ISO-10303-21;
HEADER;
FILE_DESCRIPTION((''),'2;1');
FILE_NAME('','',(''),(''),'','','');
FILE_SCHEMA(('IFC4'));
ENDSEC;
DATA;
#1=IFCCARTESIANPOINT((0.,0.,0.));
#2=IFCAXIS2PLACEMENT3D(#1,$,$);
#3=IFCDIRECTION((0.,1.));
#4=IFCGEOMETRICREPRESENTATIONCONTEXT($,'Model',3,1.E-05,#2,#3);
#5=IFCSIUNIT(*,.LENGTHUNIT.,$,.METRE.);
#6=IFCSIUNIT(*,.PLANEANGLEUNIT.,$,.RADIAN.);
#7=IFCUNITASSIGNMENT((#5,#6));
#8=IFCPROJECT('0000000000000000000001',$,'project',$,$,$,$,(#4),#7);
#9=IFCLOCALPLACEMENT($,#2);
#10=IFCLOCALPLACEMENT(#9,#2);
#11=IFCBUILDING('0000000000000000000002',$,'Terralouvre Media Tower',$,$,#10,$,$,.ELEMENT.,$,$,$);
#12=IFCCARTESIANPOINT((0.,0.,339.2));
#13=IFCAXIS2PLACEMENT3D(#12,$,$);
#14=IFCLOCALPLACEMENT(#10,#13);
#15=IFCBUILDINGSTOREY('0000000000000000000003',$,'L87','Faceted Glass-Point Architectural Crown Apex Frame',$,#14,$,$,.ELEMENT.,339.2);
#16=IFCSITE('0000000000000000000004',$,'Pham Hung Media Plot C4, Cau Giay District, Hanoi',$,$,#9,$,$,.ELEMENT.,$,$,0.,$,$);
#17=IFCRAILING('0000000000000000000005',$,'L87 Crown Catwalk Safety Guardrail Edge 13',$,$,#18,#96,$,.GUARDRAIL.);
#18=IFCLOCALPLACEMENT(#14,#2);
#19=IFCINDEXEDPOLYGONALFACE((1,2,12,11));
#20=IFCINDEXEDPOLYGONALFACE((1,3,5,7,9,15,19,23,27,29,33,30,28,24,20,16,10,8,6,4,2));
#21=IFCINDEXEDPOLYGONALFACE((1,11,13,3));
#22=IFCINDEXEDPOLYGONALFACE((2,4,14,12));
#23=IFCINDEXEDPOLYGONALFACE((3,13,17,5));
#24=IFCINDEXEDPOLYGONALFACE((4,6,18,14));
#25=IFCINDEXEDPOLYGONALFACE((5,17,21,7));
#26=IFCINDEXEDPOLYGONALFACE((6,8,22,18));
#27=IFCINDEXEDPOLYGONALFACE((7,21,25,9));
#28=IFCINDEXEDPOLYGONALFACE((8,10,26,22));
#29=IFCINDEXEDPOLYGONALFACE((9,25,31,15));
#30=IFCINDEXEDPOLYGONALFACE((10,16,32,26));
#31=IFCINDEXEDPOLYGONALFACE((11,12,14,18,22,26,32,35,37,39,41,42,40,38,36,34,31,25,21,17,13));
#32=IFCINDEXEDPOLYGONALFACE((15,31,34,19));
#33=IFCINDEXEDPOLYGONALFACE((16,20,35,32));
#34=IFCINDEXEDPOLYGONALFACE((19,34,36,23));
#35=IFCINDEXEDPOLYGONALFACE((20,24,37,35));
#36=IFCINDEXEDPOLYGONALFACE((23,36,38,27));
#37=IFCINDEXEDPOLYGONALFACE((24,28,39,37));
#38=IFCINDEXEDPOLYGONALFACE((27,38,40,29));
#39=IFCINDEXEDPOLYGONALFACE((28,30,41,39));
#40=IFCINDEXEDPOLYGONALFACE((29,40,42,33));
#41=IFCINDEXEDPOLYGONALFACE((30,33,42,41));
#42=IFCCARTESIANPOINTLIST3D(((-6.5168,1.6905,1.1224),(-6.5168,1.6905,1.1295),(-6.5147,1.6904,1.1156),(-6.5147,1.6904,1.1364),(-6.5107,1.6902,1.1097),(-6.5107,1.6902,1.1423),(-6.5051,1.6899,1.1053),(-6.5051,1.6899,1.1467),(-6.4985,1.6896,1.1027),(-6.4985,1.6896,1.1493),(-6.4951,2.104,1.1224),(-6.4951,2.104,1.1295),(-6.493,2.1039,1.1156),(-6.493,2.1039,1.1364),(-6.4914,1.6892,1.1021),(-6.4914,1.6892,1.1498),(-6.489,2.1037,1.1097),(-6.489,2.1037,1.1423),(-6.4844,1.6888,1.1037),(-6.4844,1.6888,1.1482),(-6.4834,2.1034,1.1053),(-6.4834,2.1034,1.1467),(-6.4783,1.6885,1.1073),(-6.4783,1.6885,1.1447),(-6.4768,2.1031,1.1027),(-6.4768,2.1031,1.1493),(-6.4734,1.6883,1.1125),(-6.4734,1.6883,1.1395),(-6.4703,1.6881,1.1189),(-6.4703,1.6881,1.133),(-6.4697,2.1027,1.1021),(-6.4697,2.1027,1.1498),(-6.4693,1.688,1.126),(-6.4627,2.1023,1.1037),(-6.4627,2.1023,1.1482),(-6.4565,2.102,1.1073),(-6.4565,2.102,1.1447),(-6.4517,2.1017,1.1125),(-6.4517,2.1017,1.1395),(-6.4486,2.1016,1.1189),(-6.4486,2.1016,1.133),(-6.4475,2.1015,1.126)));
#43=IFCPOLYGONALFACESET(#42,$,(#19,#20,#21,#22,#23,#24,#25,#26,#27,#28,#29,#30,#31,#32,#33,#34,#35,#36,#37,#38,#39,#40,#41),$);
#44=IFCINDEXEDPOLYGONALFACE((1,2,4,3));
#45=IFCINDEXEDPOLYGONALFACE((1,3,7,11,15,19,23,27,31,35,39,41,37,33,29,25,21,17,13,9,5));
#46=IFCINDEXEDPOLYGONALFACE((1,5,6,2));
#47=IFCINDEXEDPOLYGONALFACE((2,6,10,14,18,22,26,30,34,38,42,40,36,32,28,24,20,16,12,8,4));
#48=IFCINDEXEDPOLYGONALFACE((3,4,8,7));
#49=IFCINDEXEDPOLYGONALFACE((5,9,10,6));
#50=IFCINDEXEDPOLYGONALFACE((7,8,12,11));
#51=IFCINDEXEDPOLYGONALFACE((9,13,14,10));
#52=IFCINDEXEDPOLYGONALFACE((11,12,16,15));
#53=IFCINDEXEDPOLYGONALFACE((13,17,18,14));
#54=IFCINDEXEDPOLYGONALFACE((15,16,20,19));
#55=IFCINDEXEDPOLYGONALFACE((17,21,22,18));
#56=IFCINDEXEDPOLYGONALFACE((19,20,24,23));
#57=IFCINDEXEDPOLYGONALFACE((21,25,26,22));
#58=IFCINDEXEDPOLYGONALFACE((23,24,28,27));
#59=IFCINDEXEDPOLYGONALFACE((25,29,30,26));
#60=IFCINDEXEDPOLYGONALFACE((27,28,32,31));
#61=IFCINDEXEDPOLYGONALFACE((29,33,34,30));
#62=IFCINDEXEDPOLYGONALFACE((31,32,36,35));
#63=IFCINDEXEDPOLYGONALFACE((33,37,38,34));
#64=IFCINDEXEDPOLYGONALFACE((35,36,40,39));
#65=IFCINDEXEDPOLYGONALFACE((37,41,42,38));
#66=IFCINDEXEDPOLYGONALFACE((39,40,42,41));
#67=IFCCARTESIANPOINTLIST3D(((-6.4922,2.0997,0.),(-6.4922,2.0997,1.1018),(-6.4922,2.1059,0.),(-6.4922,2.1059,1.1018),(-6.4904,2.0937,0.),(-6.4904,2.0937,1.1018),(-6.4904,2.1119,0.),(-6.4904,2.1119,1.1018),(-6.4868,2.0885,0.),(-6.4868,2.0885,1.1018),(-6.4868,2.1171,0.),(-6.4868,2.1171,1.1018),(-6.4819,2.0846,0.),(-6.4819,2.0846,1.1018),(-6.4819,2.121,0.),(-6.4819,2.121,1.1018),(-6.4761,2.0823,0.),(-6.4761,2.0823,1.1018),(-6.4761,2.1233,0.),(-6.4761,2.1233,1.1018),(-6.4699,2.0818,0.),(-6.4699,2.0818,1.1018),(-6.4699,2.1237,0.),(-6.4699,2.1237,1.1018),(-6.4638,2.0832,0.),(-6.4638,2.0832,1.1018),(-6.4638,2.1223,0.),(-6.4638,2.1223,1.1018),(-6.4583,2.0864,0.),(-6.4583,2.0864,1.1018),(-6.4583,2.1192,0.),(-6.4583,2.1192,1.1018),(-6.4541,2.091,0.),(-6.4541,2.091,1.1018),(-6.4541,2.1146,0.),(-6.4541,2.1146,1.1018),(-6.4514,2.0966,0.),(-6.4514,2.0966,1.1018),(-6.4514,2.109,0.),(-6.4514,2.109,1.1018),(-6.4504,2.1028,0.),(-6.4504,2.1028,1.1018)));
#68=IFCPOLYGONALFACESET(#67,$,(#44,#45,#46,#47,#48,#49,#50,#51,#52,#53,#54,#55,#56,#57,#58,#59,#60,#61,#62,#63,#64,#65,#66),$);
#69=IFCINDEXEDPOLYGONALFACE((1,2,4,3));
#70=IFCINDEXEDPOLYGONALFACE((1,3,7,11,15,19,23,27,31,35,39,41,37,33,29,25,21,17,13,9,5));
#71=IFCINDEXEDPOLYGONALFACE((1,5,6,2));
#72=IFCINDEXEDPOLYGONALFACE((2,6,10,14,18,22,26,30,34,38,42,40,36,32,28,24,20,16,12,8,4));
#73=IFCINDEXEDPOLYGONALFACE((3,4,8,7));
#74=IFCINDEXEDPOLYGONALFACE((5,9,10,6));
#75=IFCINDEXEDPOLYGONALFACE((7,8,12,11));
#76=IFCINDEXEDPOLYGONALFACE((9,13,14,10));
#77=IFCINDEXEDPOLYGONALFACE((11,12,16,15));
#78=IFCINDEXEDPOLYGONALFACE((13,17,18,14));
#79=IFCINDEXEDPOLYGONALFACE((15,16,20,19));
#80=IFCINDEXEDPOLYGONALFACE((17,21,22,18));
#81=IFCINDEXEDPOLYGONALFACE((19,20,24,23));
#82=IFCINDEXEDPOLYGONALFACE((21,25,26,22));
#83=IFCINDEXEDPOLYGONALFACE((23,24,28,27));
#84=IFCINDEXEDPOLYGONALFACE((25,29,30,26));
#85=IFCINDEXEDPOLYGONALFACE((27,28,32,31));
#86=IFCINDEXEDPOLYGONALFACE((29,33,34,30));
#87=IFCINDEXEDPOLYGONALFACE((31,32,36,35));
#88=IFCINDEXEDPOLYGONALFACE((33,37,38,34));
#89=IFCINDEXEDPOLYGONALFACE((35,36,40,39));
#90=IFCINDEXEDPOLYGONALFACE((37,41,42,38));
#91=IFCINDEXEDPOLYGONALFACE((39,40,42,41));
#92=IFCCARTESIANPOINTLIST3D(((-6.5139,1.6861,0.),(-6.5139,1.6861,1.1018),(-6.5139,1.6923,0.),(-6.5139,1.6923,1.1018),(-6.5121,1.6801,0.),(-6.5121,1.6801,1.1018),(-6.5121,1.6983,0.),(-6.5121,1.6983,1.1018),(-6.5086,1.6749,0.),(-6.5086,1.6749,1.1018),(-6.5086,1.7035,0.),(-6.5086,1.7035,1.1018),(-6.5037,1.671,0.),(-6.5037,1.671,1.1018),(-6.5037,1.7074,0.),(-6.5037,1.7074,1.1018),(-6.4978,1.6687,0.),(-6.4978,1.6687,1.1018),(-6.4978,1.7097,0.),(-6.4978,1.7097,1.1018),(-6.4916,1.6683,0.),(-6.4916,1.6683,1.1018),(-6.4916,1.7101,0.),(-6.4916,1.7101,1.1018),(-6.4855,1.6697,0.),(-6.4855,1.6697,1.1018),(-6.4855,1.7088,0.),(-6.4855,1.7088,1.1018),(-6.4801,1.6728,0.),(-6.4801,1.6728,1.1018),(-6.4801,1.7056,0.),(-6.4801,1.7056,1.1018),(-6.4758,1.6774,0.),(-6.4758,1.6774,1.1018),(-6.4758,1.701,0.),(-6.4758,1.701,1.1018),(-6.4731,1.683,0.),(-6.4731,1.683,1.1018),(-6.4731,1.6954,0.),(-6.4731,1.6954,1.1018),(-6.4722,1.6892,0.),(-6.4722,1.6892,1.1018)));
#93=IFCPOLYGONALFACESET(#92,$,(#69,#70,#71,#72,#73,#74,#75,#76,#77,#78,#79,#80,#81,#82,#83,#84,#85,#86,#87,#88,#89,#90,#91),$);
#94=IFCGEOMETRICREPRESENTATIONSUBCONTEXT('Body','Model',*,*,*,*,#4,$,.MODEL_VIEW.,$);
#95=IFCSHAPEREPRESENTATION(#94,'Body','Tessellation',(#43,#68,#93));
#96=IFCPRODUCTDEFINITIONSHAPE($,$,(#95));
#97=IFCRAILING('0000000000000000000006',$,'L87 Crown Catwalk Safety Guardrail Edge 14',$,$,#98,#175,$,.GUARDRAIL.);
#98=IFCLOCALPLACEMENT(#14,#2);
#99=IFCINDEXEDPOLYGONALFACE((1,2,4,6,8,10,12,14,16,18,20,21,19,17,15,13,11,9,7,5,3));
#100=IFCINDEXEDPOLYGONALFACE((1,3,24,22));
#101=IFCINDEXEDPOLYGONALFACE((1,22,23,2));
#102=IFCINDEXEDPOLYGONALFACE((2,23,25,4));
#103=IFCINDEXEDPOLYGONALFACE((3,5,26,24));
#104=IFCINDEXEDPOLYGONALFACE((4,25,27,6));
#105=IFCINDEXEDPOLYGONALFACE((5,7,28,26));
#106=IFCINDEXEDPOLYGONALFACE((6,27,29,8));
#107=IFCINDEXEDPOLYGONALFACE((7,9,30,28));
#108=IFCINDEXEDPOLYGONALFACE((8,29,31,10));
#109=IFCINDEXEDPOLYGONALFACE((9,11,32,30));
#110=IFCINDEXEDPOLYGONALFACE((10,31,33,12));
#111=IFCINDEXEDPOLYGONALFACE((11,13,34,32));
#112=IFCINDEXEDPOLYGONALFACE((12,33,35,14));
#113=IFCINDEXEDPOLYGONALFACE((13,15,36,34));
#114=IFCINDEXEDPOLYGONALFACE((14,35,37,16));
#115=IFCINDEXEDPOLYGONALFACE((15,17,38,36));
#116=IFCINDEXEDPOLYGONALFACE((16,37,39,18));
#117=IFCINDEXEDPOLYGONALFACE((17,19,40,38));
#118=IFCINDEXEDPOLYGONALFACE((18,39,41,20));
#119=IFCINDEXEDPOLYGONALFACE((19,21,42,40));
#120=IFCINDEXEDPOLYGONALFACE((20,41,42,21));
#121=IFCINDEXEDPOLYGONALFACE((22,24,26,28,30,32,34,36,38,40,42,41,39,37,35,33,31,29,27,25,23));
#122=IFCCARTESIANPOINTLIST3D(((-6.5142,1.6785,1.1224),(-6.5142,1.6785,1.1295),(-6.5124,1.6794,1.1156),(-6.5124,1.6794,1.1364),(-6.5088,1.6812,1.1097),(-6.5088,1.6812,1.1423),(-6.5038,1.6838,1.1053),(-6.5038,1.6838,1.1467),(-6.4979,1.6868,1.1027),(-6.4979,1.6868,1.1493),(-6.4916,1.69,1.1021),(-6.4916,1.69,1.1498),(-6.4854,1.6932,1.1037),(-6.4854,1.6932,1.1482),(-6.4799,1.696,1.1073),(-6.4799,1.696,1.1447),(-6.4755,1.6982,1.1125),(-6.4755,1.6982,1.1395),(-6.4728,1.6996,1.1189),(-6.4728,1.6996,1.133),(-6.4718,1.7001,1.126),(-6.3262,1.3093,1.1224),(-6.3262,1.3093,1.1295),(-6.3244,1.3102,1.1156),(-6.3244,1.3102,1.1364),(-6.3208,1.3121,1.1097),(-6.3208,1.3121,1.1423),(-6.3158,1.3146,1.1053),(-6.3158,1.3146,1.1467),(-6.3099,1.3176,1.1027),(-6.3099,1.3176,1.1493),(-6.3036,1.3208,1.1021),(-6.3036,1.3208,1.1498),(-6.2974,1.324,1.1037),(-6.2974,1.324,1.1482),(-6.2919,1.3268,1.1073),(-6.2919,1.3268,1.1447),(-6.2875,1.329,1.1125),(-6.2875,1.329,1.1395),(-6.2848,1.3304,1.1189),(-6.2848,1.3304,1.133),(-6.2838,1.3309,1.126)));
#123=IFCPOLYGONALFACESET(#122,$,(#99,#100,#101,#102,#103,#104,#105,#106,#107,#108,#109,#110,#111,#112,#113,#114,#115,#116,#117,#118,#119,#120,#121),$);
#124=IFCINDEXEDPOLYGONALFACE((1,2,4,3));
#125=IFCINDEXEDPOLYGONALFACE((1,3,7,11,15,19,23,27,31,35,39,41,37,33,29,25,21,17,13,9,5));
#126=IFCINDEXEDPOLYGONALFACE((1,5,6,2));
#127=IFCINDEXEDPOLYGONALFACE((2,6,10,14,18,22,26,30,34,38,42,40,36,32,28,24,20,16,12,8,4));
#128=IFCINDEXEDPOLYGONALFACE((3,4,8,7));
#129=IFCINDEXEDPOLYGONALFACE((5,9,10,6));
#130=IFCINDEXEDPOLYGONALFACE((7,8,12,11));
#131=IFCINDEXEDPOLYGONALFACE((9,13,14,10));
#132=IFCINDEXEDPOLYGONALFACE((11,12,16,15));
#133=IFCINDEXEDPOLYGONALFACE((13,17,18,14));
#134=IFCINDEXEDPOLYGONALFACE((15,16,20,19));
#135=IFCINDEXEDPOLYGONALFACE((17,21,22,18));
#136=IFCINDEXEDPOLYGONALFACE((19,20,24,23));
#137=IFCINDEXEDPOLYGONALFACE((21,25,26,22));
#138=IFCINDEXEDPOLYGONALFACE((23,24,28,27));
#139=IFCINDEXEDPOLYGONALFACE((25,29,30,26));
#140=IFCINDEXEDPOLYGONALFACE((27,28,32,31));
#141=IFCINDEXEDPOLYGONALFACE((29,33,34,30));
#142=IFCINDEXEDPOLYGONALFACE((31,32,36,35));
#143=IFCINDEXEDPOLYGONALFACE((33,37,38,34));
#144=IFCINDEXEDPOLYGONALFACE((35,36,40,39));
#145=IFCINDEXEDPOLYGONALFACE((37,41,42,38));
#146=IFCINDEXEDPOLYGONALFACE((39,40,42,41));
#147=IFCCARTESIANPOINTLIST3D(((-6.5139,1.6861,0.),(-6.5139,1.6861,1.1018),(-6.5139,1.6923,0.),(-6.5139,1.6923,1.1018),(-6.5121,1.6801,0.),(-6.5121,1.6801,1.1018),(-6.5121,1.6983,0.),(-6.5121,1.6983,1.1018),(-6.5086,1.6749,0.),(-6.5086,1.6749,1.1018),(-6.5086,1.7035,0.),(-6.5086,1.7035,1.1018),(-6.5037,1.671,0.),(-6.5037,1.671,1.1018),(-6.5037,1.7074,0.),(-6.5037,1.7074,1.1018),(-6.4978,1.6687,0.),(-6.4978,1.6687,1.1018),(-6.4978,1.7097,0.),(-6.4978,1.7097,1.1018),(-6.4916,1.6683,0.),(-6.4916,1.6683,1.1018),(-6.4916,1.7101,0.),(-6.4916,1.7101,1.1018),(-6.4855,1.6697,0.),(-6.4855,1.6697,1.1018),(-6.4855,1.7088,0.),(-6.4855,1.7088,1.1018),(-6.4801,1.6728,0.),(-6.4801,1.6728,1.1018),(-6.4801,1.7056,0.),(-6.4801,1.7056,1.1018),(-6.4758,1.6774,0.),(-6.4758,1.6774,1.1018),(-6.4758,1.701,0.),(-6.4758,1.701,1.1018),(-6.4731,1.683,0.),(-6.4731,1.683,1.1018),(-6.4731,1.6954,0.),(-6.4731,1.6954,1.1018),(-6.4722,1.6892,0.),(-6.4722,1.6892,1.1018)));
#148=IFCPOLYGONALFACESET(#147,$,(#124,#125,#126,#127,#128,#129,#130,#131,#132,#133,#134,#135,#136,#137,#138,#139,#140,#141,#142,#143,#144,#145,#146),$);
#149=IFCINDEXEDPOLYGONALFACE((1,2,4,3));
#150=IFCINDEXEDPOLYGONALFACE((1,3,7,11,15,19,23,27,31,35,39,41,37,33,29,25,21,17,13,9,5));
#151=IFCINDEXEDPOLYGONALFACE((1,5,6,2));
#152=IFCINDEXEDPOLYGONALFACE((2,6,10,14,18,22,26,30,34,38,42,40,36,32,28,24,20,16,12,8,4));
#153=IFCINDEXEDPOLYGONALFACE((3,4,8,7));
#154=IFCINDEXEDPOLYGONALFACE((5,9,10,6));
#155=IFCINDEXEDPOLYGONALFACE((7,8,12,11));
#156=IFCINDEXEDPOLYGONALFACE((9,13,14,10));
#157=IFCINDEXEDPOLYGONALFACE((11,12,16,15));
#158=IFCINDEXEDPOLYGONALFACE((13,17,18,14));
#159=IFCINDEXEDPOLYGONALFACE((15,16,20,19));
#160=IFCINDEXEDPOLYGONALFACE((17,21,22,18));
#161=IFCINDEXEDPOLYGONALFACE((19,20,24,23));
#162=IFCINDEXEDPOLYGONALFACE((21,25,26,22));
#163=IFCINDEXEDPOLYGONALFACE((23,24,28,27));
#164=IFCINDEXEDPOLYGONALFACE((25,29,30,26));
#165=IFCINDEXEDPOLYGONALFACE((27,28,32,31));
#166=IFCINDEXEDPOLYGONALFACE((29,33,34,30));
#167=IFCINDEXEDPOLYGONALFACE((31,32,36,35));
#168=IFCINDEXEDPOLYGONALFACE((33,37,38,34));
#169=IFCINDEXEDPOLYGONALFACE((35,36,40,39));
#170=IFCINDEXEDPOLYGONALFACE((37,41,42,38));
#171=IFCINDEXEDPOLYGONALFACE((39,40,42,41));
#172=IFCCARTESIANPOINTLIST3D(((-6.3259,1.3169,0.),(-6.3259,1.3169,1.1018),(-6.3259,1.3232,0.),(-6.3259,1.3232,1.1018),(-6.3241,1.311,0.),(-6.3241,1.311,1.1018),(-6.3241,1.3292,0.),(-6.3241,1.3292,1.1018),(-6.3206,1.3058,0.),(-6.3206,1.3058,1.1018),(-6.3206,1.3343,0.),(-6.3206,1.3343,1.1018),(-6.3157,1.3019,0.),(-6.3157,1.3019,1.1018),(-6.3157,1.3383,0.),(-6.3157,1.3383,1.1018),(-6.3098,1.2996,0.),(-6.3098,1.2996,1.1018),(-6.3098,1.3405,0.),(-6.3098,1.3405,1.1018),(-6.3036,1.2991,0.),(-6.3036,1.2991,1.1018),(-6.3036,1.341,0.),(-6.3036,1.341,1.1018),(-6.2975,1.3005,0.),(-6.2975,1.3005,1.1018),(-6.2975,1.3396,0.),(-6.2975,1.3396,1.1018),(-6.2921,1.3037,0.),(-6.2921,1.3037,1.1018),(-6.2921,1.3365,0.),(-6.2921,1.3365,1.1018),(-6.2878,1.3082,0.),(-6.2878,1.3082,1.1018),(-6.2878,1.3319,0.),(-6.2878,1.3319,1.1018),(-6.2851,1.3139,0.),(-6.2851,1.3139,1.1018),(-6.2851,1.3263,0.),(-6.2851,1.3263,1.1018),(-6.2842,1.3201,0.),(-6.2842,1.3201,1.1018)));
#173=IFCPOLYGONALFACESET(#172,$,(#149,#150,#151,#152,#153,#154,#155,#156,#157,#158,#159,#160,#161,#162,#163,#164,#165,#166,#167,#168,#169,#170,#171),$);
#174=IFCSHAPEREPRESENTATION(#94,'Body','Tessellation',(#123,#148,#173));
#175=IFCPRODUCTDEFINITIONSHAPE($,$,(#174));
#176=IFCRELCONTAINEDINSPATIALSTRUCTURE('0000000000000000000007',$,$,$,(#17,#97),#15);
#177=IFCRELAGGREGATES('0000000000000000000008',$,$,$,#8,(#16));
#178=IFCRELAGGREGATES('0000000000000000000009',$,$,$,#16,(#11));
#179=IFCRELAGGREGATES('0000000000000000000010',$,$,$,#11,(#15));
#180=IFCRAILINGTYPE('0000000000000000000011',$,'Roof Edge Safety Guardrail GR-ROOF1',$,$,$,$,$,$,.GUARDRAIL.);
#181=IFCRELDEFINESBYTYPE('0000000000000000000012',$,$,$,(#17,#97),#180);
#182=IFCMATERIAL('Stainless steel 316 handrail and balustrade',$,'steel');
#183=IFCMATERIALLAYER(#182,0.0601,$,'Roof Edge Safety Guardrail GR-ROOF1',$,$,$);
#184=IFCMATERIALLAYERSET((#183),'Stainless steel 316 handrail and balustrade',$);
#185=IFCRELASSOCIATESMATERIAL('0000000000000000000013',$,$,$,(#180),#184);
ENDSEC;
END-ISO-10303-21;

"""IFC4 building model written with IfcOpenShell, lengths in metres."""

from ifc_helpers import new_model, si_unit, direction, frame, origin, origin_2d, place, context, subcontext, project, spatial, circle, extrude, material, layer, layer_set, type_object, element, save


model = new_model("IFC4")

# Units and contexts
model_context = context("Model", 3, precision=1e-05, world=origin(), true_north=direction((0.0, 1.0)))
body_context = subcontext(model_context, "Body", "Model", "MODEL_VIEW")
ifc_project = project(units=[si_unit("LENGTHUNIT", "METRE"), si_unit("PLANEANGLEUNIT", "RADIAN")], contexts=[model_context])

# Site, building, storey
site_placement = place(None, origin())
site = spatial("IfcSite", under=ifc_project, at=site_placement, Name="Pham Hung Media Plot C4, Cau Giay District, Hanoi", CompositionType="ELEMENT", RefElevation=0.0)
building_placement = place(site_placement, origin())
building = spatial("IfcBuilding", under=site, at=building_placement, Name="Terralouvre Media Tower", CompositionType="ELEMENT")
storey_placement = place(building_placement, frame((0.0, 0.0, 339.2)))
storey = spatial("IfcBuildingStorey", under=building, at=storey_placement, Name="L87", Description="Faceted Glass-Point Architectural Crown Apex Frame", CompositionType="ELEMENT", Elevation=339.2)

# Railings
ifc_material_1 = material(Name="Stainless steel 316 handrail and balustrade", Category="steel")
ifc_layer_1 = layer(ifc_material_1, 0.0601, Name="Roof Edge Safety Guardrail GR-ROOF1")
ifc_layer_set_1 = layer_set([ifc_layer_1], Name="Stainless steel 316 handrail and balustrade")
railing_type_1 = type_object("IfcRailingType", Name="Roof Edge Safety Guardrail GR-ROOF1", PredefinedType="GUARDRAIL", material=ifc_layer_set_1)
railing_1_placement = place(storey_placement, frame((-6.4714, 2.1028, 0.0)))
element("IfcRailing", 1, at=railing_1_placement, inside=storey, type_object=railing_type_1, Name="L87 Crown Catwalk Safety Guardrail Edge 13", PredefinedType="GUARDRAIL", context=body_context, shape_type="SweptSolid", body=[
    extrude(circle(Radius=0.0239, at=origin_2d()), frame((0.0, 0.0, 1.126), z_axis=(-0.052466, -0.998623, 0.0), x_axis=(0.998623, -0.052466, 0.0)), (0.0, 0.0, 1.0), 0.4141),
    extrude(circle(Radius=0.021, at=origin_2d()), origin(), (0.0, 0.0, 1.0), 1.1018),
    extrude(circle(Radius=0.021, at=origin_2d()), frame((-0.0217, -0.4136, 0.0)), (0.0, 0.0, 1.0), 1.1018),
])
railing_2_placement = place(storey_placement, frame((-6.4932, 1.6892, 0.0)))
element("IfcRailing", 2, at=railing_2_placement, inside=storey, type_object=railing_type_1, Name="L87 Crown Catwalk Safety Guardrail Edge 14", PredefinedType="GUARDRAIL", context=body_context, shape_type="SweptSolid", body=[
    extrude(circle(Radius=0.0239, at=origin_2d()), frame((0.0, 0.0, 1.126), z_axis=(0.453802, -0.891102, 0.0), x_axis=(0.891102, 0.453802, 0.0)), (0.0, 0.0, 1.0), 0.4143),
    extrude(circle(Radius=0.021, at=origin_2d()), origin(), (0.0, 0.0, 1.0), 1.1018),
    extrude(circle(Radius=0.021, at=origin_2d()), frame((0.188, -0.3691, 0.0)), (0.0, 0.0, 1.0), 1.1018),
])

save(model, "model.ifc")
